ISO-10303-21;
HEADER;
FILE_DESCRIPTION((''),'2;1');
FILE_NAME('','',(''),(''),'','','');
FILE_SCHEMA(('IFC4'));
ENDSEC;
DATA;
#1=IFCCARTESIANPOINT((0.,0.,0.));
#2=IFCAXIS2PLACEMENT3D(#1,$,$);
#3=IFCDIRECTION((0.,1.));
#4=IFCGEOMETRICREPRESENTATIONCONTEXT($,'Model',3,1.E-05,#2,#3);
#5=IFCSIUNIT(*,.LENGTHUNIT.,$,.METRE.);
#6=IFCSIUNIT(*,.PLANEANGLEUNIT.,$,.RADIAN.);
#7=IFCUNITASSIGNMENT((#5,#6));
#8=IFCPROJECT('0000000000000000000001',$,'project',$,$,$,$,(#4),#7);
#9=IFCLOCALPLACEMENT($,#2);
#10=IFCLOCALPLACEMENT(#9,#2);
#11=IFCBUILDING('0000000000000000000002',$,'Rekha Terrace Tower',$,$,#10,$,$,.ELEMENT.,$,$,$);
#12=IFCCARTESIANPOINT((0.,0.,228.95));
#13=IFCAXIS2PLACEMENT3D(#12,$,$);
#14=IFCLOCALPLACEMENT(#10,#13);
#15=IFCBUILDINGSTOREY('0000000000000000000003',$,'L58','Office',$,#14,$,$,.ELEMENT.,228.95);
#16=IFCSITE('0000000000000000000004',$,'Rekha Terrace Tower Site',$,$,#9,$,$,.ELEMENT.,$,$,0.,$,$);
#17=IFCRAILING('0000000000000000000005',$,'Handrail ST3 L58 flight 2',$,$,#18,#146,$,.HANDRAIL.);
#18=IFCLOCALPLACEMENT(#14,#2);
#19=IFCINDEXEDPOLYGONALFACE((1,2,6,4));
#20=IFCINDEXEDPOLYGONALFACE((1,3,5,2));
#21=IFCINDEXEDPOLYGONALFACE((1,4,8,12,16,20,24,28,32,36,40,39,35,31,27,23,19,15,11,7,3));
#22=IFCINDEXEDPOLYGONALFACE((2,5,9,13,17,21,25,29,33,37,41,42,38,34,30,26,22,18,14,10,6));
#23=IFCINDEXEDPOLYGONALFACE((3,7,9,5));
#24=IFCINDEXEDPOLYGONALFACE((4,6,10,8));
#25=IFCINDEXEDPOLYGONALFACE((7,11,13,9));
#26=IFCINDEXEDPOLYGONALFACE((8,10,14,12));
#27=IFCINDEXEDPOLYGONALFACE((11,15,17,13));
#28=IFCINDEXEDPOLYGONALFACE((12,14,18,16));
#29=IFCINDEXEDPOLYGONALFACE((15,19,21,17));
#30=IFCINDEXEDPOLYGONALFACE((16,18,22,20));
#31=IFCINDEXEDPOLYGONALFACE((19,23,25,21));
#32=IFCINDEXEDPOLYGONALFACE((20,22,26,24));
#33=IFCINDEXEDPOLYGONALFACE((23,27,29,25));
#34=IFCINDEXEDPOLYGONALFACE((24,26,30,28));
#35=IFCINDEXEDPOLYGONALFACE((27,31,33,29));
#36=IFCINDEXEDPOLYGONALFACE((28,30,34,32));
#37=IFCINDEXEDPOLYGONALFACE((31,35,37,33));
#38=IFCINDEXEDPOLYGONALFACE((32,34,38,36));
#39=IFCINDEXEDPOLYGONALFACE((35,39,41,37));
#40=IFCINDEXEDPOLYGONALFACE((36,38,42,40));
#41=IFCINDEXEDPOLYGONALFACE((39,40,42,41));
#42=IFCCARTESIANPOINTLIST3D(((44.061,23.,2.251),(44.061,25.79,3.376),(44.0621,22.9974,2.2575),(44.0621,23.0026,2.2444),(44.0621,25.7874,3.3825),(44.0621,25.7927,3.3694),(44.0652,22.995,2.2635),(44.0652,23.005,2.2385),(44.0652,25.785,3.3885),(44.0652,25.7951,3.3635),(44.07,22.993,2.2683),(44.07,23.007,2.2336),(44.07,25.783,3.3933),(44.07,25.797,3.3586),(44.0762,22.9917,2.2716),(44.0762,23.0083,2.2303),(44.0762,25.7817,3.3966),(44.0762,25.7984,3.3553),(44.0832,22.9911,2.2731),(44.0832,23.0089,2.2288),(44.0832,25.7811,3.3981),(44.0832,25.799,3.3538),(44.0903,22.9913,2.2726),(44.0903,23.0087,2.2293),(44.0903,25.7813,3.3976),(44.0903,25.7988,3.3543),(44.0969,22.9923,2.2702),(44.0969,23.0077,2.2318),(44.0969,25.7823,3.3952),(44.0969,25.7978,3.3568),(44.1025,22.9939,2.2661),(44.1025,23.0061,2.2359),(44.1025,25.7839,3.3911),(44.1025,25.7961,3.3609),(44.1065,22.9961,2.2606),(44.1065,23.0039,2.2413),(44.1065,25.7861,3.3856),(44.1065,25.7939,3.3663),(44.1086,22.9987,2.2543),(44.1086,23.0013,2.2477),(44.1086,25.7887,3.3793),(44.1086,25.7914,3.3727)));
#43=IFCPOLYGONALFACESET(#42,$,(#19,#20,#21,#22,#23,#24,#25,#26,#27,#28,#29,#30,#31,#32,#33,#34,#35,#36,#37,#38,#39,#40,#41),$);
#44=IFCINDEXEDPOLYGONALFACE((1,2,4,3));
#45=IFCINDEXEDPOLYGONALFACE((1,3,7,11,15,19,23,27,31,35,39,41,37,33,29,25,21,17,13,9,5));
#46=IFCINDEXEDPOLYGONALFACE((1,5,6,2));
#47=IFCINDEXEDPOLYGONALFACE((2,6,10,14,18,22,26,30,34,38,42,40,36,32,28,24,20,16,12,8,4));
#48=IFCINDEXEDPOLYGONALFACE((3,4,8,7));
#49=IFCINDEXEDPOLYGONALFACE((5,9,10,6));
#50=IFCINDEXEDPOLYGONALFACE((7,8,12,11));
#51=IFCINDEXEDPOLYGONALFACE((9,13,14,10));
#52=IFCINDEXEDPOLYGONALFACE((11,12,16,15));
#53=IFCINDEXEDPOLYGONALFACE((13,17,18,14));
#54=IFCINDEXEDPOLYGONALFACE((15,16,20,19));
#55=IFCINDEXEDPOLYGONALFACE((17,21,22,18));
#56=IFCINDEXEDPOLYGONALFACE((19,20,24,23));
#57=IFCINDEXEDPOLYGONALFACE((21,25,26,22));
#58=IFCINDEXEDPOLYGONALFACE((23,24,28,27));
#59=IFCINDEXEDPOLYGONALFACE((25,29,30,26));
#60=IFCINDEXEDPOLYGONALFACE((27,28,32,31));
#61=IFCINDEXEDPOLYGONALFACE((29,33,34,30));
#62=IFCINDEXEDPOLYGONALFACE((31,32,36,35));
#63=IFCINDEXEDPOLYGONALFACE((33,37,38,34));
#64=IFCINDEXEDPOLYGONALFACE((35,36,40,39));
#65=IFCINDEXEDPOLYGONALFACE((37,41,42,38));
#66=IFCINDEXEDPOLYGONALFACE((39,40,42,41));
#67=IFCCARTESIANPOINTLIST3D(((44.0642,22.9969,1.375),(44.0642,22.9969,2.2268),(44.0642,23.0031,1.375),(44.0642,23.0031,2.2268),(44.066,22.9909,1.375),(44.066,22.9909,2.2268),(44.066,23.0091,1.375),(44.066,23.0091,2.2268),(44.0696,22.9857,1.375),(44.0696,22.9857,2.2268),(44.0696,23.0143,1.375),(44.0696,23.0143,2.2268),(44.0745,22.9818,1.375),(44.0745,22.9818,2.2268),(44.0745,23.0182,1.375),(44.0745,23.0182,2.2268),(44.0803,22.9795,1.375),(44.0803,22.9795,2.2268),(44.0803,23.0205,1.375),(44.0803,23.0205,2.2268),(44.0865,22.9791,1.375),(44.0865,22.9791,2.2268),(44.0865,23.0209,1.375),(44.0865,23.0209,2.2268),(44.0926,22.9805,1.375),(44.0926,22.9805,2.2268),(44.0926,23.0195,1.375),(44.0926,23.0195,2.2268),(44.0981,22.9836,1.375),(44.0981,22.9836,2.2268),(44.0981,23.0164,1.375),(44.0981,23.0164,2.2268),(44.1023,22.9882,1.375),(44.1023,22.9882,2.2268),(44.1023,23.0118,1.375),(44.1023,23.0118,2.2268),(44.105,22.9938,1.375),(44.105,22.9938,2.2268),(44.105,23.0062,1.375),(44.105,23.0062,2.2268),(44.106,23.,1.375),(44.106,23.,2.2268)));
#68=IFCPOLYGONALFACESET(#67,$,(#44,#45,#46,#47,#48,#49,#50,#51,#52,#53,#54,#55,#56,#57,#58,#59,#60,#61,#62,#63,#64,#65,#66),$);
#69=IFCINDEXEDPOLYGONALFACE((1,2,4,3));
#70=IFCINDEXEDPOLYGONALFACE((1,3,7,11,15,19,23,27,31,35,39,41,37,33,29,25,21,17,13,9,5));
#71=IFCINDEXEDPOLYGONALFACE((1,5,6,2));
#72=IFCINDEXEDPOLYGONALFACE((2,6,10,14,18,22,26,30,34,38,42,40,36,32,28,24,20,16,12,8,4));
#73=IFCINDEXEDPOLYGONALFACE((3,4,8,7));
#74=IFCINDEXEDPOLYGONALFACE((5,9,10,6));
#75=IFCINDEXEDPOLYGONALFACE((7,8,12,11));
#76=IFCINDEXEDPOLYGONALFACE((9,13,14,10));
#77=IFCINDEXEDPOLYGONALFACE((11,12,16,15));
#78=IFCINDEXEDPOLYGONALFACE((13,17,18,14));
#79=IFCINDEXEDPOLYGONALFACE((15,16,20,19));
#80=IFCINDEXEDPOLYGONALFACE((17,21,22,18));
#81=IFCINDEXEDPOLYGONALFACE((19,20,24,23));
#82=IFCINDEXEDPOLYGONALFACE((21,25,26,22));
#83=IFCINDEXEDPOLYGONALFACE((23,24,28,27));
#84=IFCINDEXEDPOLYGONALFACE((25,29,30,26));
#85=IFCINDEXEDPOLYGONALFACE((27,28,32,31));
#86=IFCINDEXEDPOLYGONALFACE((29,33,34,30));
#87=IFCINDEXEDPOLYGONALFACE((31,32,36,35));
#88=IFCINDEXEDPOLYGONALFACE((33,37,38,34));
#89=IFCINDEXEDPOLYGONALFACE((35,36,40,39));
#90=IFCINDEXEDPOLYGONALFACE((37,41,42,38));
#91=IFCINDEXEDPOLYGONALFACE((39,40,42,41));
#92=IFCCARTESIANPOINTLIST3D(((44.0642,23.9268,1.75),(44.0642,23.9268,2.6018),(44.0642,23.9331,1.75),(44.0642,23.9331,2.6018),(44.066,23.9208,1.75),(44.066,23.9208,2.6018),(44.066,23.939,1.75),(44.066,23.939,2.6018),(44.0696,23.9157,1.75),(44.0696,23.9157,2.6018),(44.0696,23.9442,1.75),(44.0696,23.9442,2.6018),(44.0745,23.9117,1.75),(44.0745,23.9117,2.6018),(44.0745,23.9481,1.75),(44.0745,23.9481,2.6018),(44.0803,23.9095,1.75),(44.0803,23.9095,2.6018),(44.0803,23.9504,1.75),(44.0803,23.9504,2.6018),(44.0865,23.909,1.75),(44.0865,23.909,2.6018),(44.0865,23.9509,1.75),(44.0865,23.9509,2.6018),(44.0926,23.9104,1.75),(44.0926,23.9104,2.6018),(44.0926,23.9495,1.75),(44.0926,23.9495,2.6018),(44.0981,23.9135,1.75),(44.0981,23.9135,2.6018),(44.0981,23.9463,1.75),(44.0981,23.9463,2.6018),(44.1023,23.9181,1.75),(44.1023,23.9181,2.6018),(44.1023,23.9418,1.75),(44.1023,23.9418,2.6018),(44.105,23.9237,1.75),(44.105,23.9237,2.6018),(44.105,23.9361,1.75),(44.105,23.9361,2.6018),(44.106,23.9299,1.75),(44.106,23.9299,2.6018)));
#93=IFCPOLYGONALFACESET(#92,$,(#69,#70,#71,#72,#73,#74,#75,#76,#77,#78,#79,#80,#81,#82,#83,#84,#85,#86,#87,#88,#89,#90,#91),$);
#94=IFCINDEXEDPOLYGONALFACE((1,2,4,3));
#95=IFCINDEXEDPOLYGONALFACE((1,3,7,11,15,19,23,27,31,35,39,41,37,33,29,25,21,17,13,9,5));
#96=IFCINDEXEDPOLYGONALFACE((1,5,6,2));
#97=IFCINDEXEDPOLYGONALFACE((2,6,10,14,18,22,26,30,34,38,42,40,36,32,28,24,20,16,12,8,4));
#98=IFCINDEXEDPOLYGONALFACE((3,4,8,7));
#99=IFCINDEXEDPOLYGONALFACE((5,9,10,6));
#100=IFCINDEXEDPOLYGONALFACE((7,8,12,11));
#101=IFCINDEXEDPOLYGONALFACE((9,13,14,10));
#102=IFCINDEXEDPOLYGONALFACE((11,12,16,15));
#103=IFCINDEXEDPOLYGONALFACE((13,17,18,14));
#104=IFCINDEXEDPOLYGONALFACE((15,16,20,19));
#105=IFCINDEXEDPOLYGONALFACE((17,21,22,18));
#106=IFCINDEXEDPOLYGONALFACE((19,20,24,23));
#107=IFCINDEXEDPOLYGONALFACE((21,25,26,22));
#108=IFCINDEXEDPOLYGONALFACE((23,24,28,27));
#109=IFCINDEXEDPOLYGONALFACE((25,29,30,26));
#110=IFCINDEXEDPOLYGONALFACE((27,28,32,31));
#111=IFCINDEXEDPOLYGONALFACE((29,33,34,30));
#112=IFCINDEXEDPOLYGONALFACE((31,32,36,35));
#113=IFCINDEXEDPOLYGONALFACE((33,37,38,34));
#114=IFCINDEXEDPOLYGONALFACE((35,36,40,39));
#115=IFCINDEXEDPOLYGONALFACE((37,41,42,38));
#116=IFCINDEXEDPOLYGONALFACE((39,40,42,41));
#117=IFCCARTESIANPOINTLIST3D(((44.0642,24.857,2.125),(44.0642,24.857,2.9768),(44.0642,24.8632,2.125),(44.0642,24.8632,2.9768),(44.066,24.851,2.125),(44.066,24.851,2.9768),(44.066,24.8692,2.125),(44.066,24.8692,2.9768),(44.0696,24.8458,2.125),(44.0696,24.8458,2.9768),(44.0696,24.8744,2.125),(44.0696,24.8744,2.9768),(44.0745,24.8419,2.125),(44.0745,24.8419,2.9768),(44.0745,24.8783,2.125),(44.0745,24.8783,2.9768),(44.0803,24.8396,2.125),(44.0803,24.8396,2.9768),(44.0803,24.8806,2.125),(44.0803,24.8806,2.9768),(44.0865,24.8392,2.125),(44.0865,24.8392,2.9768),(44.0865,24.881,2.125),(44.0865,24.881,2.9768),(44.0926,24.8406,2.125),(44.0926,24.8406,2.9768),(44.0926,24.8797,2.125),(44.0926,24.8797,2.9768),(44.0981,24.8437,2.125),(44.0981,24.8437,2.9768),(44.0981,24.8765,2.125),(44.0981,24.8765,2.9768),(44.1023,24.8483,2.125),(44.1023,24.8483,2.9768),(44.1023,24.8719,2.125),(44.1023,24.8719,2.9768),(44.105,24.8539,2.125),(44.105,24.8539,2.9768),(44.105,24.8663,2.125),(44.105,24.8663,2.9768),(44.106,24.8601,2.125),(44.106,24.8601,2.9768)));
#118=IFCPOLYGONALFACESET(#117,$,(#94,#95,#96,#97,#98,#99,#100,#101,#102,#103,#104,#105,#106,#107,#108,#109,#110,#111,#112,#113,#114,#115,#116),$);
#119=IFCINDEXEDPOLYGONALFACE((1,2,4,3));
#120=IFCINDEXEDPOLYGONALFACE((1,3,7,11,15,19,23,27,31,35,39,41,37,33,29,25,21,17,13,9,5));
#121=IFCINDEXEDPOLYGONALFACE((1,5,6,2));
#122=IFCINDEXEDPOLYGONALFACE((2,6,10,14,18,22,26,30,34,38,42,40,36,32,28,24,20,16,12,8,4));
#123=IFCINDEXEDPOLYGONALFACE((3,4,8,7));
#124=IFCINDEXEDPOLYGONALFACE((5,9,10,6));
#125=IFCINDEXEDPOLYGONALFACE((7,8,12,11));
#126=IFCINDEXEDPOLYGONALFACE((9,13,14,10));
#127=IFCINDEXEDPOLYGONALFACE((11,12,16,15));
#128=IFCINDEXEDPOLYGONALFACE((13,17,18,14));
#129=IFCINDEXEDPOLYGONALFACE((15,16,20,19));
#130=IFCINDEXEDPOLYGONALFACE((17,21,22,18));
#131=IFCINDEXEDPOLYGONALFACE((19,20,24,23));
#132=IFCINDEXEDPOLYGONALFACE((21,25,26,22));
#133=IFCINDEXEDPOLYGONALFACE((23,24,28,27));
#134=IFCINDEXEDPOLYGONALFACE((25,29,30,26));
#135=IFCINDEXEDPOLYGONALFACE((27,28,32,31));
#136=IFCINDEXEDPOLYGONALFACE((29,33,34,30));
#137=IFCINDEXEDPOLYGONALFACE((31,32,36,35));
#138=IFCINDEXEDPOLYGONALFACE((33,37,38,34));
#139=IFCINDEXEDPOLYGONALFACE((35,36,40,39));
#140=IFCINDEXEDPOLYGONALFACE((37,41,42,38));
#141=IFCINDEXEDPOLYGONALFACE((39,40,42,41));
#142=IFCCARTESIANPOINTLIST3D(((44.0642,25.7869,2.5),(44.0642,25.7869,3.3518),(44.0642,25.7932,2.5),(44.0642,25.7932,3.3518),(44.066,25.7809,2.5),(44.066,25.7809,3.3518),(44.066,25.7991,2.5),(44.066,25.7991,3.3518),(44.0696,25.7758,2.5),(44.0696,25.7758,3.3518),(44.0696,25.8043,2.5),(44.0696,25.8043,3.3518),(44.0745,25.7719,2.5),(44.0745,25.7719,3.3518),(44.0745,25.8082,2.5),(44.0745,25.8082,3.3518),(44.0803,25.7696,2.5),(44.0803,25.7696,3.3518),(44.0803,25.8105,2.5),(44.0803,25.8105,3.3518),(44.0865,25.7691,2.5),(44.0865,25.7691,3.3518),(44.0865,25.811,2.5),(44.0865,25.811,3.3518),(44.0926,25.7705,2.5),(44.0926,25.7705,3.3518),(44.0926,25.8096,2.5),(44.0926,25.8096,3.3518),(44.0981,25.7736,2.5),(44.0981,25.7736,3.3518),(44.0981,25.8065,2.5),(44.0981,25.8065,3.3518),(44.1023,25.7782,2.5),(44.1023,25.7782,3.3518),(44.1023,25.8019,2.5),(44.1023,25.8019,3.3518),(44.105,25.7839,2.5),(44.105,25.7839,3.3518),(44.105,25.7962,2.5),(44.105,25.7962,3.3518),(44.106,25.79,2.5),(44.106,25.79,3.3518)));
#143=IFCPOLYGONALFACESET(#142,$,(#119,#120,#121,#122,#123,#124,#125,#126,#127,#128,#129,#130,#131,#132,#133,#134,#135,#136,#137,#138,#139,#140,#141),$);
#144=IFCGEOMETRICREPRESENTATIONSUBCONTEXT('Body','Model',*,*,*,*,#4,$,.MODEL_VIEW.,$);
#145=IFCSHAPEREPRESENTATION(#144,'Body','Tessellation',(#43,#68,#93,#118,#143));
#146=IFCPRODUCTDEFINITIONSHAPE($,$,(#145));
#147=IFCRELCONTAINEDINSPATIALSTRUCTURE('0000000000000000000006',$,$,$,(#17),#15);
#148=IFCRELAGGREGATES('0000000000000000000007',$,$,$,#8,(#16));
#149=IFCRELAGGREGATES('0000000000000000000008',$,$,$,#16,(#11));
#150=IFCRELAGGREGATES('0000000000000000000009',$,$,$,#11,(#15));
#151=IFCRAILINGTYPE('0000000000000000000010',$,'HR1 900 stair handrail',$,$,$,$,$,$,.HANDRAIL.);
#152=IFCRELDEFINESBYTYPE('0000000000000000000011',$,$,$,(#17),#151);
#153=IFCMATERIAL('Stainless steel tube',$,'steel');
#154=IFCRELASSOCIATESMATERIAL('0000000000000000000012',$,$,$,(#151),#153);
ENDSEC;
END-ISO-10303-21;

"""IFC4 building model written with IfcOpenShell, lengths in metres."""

from ifc_helpers import new_model, si_unit, direction, frame, origin, origin_2d, place, context, subcontext, project, spatial, circle, extrude, material, type_object, element, save


model = new_model("IFC4")

# Units and contexts
model_context = context("Model", 3, precision=1e-05, world=origin(), true_north=direction((0.0, 1.0)))
body_context = subcontext(model_context, "Body", "Model", "MODEL_VIEW")
ifc_project = project(units=[si_unit("LENGTHUNIT", "METRE"), si_unit("PLANEANGLEUNIT", "RADIAN")], contexts=[model_context])

# Site, building, storey
site_placement = place(None, origin())
site = spatial("IfcSite", under=ifc_project, at=site_placement, Name="Rekha Terrace Tower Site", CompositionType="ELEMENT", RefElevation=0.0)
building_placement = place(site_placement, origin())
building = spatial("IfcBuilding", under=site, at=building_placement, Name="Rekha Terrace Tower", CompositionType="ELEMENT")
storey_placement = place(building_placement, frame((0.0, 0.0, 228.95)))
storey = spatial("IfcBuildingStorey", under=building, at=storey_placement, Name="L58", Description="Office", CompositionType="ELEMENT", Elevation=228.95)

# Railing
ifc_material_1 = material(Name="Stainless steel tube", Category="steel")
railing_type = type_object("IfcRailingType", Name="HR1 900 stair handrail", PredefinedType="HANDRAIL", material=ifc_material_1)
railing_1_placement = place(storey_placement, frame((44.085, 23.0, 1.375)))
element("IfcRailing", 1, at=railing_1_placement, inside=storey, type_object=railing_type, Name="Handrail ST3 L58 flight 2", PredefinedType="HANDRAIL", context=body_context, shape_type="SweptSolid", body=[
    extrude(circle(Radius=0.0239, at=origin_2d()), frame((0.0, 0.0, 0.876), z_axis=(0.0, 0.927443, 0.373964), x_axis=(-1.0, 0.0, 0.0)), (0.0, 0.0, 1.0), 3.0083),
    extrude(circle(Radius=0.021, at=origin_2d()), origin(), (0.0, 0.0, 1.0), 0.8518),
    extrude(circle(Radius=0.021, at=origin_2d()), frame((0.0, 0.9299, 0.375)), (0.0, 0.0, 1.0), 0.8518),
    extrude(circle(Radius=0.021, at=origin_2d()), frame((0.0, 1.8601, 0.75)), (0.0, 0.0, 1.0), 0.8518),
    extrude(circle(Radius=0.021, at=origin_2d()), frame((0.0, 2.79, 1.125)), (0.0, 0.0, 1.0), 0.8518),
])

save(model, "model.ifc")
